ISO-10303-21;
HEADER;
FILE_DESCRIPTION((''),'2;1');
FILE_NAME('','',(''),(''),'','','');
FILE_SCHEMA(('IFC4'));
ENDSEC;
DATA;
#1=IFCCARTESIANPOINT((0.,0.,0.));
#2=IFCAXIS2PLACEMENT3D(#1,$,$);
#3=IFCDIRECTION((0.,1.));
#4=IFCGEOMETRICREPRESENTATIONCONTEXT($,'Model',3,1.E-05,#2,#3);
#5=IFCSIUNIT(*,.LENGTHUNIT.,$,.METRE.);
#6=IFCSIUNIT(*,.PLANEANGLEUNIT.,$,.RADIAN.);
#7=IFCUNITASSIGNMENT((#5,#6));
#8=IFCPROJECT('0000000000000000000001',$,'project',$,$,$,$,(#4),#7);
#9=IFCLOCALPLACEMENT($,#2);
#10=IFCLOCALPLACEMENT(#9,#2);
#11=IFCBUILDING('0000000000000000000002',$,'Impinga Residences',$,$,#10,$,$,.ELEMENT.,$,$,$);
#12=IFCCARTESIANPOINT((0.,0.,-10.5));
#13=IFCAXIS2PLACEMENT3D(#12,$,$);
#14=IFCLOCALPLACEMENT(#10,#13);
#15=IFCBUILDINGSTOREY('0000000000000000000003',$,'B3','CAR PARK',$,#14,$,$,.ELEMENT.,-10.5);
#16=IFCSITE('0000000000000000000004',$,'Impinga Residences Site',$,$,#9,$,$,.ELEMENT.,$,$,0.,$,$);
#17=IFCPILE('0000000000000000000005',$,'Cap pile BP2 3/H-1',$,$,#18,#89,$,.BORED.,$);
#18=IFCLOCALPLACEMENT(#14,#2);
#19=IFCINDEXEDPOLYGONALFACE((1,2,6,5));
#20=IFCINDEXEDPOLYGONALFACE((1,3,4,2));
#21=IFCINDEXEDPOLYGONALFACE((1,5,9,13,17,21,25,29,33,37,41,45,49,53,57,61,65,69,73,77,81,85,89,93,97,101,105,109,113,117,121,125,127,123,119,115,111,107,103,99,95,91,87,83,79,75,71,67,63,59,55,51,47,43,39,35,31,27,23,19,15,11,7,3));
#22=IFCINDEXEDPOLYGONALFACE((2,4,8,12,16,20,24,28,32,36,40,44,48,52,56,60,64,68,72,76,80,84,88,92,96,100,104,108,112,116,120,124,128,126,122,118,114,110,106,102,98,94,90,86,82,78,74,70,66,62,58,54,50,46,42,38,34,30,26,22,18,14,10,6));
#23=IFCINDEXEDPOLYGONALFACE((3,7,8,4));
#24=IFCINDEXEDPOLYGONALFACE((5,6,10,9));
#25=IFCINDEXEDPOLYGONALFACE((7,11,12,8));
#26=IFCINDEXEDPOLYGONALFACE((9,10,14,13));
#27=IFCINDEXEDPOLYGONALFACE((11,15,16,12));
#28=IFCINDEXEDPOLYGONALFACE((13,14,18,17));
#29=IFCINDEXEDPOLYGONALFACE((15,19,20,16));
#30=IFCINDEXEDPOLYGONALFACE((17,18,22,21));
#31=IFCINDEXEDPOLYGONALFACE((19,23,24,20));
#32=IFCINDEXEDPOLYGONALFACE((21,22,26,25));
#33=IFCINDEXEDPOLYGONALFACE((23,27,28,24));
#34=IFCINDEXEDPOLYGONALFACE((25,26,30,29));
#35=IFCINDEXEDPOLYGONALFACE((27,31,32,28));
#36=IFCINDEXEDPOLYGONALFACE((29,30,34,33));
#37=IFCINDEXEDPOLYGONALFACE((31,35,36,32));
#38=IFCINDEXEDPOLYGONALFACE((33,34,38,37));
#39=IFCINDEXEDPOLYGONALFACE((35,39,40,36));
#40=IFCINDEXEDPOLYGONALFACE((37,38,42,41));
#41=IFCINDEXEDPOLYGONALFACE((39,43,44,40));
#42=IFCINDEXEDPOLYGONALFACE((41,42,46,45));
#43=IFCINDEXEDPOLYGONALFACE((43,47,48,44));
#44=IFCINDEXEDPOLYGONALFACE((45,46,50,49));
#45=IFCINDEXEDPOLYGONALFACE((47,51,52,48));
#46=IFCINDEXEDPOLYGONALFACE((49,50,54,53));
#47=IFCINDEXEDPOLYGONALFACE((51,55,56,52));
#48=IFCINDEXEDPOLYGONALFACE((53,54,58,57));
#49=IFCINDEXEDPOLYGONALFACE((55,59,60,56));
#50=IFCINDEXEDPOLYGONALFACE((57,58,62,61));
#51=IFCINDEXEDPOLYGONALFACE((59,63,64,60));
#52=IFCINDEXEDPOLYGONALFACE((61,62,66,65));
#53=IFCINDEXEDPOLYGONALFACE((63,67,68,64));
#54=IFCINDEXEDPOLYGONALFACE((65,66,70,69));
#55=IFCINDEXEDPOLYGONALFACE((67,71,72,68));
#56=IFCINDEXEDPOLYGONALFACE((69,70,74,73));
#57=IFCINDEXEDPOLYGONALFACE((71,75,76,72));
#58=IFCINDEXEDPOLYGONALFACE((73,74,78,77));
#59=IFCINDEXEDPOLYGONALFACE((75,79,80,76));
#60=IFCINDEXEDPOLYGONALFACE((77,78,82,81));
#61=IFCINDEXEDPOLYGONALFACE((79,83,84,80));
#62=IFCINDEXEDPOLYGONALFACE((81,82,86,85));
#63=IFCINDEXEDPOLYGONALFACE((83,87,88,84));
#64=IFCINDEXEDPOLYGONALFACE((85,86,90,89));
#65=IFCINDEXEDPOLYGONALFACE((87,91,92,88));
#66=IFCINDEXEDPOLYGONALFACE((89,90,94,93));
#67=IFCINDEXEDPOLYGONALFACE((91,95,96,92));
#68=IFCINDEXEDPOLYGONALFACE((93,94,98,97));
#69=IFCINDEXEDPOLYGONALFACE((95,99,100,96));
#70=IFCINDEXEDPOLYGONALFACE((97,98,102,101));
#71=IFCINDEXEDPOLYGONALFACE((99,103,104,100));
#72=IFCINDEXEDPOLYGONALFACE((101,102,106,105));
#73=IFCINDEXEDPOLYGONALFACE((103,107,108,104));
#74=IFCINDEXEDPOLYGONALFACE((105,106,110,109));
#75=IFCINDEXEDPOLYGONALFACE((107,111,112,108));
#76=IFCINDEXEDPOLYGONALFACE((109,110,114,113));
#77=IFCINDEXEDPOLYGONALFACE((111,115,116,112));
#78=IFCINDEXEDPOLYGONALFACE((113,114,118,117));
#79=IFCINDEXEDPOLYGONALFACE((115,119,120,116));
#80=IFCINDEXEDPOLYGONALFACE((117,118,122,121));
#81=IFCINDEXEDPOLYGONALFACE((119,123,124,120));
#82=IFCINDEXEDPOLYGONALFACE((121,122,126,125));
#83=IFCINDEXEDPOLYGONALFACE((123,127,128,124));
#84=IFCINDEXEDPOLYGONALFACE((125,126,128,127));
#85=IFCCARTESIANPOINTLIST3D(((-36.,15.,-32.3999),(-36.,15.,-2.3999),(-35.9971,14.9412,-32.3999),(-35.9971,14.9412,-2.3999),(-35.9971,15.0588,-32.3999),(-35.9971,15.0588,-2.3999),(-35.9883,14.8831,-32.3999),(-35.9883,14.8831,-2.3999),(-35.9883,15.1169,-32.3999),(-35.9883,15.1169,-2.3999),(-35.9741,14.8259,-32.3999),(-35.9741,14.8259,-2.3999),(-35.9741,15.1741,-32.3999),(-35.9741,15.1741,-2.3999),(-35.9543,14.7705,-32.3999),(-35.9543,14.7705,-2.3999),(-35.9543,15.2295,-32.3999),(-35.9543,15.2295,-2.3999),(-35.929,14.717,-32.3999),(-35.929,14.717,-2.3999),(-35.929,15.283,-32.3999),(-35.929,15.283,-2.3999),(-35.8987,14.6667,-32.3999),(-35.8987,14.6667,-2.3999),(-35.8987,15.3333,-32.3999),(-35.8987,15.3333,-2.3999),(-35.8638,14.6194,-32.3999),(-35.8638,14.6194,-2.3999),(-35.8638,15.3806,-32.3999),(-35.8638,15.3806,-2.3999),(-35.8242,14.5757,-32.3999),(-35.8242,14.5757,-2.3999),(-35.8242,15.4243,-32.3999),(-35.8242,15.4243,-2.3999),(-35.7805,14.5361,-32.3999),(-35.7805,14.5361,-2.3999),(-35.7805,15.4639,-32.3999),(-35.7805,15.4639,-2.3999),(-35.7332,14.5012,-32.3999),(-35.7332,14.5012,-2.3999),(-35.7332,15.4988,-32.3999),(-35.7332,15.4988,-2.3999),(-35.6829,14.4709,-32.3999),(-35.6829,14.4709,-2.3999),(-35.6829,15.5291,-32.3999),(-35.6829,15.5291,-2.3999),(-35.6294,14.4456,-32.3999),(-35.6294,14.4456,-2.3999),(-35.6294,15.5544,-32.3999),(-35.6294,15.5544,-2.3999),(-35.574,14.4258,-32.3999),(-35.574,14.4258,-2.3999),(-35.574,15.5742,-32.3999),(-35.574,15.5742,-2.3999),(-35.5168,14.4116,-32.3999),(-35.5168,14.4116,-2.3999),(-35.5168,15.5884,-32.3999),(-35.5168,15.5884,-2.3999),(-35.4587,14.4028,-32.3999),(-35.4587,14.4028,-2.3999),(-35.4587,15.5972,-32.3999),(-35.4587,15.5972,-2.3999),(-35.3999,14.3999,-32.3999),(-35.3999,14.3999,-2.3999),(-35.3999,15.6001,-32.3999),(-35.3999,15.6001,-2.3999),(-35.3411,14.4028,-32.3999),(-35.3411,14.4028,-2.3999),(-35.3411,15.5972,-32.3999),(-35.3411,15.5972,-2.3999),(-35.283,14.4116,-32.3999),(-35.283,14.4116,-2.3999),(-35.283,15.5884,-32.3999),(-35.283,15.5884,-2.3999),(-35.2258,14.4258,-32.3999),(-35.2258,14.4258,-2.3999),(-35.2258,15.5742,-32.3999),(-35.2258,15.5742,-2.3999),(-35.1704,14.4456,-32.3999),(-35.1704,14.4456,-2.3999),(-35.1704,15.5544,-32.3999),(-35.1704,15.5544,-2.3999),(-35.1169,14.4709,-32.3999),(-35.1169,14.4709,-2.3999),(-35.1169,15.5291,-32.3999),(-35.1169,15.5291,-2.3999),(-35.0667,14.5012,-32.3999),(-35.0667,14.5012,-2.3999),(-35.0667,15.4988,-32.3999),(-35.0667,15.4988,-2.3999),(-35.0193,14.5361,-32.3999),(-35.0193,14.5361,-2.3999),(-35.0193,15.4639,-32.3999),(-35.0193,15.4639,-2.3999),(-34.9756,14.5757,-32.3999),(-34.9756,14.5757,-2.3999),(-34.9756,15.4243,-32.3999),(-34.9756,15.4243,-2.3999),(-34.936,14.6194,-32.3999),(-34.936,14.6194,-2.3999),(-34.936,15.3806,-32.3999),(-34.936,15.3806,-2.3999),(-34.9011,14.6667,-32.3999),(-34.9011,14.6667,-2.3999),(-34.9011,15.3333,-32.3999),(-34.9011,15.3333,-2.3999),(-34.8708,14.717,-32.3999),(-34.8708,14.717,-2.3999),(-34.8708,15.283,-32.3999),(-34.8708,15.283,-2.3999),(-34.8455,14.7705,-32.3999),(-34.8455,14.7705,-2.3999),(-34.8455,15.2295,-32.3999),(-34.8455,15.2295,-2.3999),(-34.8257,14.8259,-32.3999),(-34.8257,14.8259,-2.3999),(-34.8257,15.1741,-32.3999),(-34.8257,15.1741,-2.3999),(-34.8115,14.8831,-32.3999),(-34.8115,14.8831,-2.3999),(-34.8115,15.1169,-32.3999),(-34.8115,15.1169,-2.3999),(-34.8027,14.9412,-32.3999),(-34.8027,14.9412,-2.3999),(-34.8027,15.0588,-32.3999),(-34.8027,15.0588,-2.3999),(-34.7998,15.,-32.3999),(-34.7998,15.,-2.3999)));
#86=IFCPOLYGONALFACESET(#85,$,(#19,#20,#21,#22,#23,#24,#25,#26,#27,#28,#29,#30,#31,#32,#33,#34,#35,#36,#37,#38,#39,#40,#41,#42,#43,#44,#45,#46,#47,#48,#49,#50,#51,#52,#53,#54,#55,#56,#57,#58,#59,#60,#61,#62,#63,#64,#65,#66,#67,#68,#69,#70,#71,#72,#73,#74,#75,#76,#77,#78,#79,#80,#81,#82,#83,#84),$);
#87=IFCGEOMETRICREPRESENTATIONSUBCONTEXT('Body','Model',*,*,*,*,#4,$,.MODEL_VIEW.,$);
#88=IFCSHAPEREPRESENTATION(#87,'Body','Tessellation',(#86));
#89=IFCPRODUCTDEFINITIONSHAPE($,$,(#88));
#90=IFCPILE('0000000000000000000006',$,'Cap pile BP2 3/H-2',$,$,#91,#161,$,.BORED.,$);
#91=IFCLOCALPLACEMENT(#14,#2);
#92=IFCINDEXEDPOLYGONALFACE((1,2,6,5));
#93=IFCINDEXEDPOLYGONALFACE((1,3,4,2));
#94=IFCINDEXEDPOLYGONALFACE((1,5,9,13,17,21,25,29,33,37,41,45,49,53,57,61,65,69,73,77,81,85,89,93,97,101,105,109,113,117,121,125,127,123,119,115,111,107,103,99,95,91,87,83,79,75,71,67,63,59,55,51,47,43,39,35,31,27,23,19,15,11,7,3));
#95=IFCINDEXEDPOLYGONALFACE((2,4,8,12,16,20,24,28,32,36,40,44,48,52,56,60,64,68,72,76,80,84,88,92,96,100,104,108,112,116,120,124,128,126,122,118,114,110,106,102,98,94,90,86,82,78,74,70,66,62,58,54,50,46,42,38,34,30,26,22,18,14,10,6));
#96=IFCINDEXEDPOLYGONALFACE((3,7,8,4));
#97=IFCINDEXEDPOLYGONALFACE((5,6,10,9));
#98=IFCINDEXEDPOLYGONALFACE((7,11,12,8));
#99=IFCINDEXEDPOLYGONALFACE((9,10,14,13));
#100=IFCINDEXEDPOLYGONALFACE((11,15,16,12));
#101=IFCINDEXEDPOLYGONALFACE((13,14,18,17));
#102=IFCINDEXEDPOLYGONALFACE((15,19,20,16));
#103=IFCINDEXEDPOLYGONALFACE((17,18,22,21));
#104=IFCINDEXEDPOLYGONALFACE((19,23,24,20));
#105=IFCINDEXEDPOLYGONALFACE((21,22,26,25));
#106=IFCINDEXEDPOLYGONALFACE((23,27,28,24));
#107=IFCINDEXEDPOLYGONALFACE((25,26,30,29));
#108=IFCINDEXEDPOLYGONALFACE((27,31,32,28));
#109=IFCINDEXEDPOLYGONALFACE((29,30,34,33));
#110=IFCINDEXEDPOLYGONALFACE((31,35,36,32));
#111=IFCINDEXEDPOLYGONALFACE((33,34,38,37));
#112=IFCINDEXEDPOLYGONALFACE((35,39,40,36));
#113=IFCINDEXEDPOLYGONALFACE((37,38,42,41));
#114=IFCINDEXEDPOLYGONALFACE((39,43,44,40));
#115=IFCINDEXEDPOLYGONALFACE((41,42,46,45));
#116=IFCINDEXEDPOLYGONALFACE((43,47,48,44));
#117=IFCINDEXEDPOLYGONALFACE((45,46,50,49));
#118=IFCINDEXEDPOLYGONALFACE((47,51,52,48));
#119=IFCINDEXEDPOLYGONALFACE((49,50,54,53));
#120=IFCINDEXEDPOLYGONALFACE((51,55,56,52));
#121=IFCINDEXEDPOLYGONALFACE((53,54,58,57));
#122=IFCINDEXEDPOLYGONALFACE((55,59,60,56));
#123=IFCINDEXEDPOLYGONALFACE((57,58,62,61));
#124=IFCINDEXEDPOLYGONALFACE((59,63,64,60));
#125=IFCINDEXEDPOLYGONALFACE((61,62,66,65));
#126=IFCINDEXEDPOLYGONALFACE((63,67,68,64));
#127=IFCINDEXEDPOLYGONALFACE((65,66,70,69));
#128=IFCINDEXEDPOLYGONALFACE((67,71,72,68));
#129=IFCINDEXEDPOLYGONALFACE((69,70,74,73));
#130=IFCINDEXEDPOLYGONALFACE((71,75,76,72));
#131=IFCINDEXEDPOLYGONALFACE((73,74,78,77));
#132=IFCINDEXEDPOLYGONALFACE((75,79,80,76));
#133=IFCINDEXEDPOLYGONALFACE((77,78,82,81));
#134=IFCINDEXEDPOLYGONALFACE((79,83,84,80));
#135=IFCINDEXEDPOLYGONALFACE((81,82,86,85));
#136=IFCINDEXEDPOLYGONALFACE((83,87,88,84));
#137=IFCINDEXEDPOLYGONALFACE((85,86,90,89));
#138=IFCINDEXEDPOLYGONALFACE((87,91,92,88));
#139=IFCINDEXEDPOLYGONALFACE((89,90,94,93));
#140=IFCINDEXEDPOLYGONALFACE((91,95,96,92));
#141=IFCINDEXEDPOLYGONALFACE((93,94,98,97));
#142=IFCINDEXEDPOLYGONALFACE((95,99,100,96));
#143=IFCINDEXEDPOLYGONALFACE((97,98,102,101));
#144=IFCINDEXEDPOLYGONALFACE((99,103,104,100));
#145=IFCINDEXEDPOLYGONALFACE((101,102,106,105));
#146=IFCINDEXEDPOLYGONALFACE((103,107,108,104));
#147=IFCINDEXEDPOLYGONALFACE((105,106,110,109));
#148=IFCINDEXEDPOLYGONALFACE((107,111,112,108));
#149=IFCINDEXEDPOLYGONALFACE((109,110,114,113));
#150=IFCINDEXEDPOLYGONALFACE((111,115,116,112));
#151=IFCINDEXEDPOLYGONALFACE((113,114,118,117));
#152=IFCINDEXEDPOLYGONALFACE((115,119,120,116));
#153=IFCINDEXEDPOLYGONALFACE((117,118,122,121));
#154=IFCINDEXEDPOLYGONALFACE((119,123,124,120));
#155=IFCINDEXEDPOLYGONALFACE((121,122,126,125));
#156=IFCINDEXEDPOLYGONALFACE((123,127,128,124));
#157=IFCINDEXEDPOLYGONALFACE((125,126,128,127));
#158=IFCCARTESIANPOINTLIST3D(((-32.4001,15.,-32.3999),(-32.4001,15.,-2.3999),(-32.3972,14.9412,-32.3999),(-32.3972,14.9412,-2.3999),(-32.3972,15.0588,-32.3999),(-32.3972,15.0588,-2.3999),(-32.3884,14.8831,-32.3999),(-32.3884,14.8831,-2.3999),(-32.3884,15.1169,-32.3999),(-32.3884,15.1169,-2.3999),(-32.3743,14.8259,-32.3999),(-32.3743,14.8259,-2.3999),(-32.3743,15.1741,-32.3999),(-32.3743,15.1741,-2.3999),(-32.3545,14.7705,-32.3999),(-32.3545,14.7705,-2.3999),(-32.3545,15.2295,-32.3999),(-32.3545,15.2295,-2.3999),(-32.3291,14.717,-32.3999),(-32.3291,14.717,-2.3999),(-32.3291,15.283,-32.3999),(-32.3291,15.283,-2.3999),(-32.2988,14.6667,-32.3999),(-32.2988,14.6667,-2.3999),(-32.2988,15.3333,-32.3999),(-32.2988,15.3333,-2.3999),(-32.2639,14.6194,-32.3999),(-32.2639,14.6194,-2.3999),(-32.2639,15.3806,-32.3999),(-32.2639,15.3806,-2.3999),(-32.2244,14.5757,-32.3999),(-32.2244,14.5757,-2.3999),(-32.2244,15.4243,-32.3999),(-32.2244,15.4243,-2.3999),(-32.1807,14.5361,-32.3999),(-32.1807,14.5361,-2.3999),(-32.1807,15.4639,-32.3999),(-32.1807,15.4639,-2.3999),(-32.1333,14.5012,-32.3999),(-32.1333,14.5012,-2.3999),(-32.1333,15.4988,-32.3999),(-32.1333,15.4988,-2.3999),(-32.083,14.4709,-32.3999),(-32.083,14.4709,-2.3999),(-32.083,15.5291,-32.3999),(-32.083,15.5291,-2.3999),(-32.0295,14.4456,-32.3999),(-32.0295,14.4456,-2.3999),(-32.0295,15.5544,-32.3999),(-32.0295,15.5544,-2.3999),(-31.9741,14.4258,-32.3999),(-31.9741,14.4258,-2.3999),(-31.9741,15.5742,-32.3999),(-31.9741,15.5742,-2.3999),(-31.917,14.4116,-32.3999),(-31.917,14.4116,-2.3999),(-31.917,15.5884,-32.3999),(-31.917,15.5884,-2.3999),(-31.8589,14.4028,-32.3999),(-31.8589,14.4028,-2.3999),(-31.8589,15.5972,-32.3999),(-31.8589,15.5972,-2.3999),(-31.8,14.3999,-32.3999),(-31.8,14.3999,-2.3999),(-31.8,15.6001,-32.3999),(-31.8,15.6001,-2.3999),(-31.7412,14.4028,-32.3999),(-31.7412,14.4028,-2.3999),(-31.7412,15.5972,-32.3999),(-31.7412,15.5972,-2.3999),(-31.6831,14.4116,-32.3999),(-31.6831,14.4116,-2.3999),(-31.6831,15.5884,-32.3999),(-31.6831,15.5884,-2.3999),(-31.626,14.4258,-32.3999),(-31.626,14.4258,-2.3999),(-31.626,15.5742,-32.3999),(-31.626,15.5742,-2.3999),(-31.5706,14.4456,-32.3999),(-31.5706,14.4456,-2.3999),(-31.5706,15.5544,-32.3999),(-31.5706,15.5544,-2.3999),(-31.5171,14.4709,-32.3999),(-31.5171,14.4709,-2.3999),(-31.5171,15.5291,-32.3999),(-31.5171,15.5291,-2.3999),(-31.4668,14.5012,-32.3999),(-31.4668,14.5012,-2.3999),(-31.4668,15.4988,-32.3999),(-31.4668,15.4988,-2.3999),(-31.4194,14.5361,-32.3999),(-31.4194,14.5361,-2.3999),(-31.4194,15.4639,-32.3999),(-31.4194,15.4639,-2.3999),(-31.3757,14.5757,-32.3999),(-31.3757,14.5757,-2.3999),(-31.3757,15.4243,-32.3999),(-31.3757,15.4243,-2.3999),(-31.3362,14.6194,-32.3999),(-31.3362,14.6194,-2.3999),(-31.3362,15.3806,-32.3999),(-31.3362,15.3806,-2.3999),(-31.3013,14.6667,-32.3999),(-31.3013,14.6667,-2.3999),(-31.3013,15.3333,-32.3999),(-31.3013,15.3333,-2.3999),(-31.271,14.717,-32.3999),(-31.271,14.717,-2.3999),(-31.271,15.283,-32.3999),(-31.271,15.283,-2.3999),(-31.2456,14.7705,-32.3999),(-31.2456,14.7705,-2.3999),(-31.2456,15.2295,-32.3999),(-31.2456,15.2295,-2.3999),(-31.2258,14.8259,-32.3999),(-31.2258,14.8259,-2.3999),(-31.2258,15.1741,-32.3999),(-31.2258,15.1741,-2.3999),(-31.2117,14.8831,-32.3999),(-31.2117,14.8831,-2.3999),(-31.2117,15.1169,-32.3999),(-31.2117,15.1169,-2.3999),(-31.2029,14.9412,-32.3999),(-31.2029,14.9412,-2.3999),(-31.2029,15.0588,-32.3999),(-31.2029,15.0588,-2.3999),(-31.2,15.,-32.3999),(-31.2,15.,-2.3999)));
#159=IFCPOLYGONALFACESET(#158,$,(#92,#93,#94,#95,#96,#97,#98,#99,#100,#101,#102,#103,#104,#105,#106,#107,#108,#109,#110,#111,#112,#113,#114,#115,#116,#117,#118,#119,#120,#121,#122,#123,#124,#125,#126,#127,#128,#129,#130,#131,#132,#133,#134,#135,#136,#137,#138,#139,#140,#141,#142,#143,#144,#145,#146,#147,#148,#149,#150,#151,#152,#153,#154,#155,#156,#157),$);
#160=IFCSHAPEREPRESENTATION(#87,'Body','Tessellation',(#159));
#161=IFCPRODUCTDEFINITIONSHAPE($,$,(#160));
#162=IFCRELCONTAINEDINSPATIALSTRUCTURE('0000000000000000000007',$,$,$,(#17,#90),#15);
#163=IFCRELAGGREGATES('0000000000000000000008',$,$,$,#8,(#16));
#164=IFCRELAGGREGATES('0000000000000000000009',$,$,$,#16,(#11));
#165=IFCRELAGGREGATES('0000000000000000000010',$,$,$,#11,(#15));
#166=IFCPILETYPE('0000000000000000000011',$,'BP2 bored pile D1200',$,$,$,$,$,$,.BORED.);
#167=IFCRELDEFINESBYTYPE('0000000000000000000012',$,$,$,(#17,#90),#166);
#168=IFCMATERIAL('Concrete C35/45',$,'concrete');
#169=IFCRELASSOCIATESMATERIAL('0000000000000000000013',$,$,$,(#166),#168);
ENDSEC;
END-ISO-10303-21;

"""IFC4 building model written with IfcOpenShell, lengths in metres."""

from ifc_helpers import new_model, si_unit, direction, frame, origin, origin_2d, place, context, subcontext, project, spatial, polyline, circle, outline, extrude, material, material_profile, profile_set, type_object, element, save


model = new_model("IFC4")

# Units and contexts
model_context = context("Model", 3, precision=1e-05, world=origin(), true_north=direction((0.0, 1.0)))
body_context = subcontext(model_context, "Body", "Model", "MODEL_VIEW")
ifc_project = project(units=[si_unit("LENGTHUNIT", "METRE"), si_unit("PLANEANGLEUNIT", "RADIAN")], contexts=[model_context])

# Site, building, storey
site_placement = place(None, origin())
site = spatial("IfcSite", under=ifc_project, at=site_placement, Name="Impinga Residences Site", CompositionType="ELEMENT", RefElevation=0.0)
building_placement = place(site_placement, origin())
building = spatial("IfcBuilding", under=site, at=building_placement, Name="Impinga Residences", CompositionType="ELEMENT")
storey_placement = place(building_placement, frame((0.0, 0.0, -10.5)))
storey = spatial("IfcBuildingStorey", under=building, at=storey_placement, Name="B3", Description="CAR PARK", CompositionType="ELEMENT", Elevation=-10.5)

# Piles
ifc_material_1 = material(Name="Concrete C35/45", Category="concrete")
ifc_material_profile_1 = material_profile(ifc_material_1, circle(Radius=0.6001, at=origin_2d()), Name="D1200")
ifc_profile_set_1 = profile_set([ifc_material_profile_1], Name="Concrete C35/45")
pile_type = type_object("IfcPileType", Name="BP2 bored pile D1200", PredefinedType="BORED", material=ifc_profile_set_1)
pile_1_placement = place(storey_placement, frame((-35.3999, 15.0, -2.3999), z_axis=(0.0, 0.0, -1.0), x_axis=(1.0, 0.0, 0.0)))
element("IfcPile", 1, at=pile_1_placement, inside=storey, type_object=pile_type, Name="Cap pile BP2 3/H-1", PredefinedType="BORED", context=body_context, shape_type="SweptSolid", body=[
    extrude(outline(polyline([(0.6001, 0.0), (0.5972, 0.0588), (0.5884, 0.1169), (0.5742, 0.1741), (0.5544, 0.2295), (0.5291, 0.283), (0.4988, 0.3333), (0.4639, 0.3806), (0.4243, 0.4243), (0.3806, 0.4639), (0.3333, 0.4988), (0.283, 0.5291), (0.2295, 0.5544), (0.1741, 0.5742), (0.1169, 0.5884), (0.0588, 0.5972), (0.0, 0.6001), (-0.0588, 0.5972), (-0.1169, 0.5884), (-0.1741, 0.5742), (-0.2295, 0.5544), (-0.283, 0.5291), (-0.3333, 0.4988), (-0.3806, 0.4639), (-0.4243, 0.4243), (-0.4639, 0.3806), (-0.4988, 0.3333), (-0.5291, 0.283), (-0.5544, 0.2295), (-0.5742, 0.1741), (-0.5884, 0.1169), (-0.5972, 0.0588), (-0.6001, 0.0), (-0.5972, -0.0588), (-0.5884, -0.1169), (-0.5742, -0.1741), (-0.5544, -0.2295), (-0.5291, -0.283), (-0.4988, -0.3333), (-0.4639, -0.3806), (-0.4243, -0.4243), (-0.3806, -0.4639), (-0.3333, -0.4988), (-0.283, -0.5291), (-0.2295, -0.5544), (-0.1741, -0.5742), (-0.1169, -0.5884), (-0.0588, -0.5972), (0.0, -0.6001), (0.0588, -0.5972), (0.1169, -0.5884), (0.1741, -0.5742), (0.2295, -0.5544), (0.283, -0.5291), (0.3333, -0.4988), (0.3806, -0.4639), (0.4243, -0.4243), (0.4639, -0.3806), (0.4988, -0.3333), (0.5291, -0.283), (0.5544, -0.2295), (0.5742, -0.1741), (0.5884, -0.1169), (0.5972, -0.0588), (0.6001, 0.0)])), origin(), (0.0, 0.0, 1.0), 30.0),
])
pile_2_placement = place(storey_placement, frame((-31.8, 15.0, -2.3999), z_axis=(0.0, 0.0, -1.0), x_axis=(1.0, 0.0, 0.0)))
element("IfcPile", 2, at=pile_2_placement, inside=storey, type_object=pile_type, Name="Cap pile BP2 3/H-2", PredefinedType="BORED", context=body_context, shape_type="SweptSolid", body=[
    extrude(outline(polyline([(0.6001, 0.0), (0.5972, 0.0588), (0.5884, 0.1169), (0.5742, 0.1741), (0.5544, 0.2295), (0.5291, 0.283), (0.4988, 0.3333), (0.4639, 0.3806), (0.4243, 0.4243), (0.3806, 0.4639), (0.3333, 0.4988), (0.283, 0.5291), (0.2295, 0.5544), (0.1741, 0.5742), (0.1169, 0.5884), (0.0588, 0.5972), (0.0, 0.6001), (-0.0588, 0.5972), (-0.1169, 0.5884), (-0.1741, 0.5742), (-0.2295, 0.5544), (-0.283, 0.5291), (-0.3333, 0.4988), (-0.3806, 0.4639), (-0.4243, 0.4243), (-0.4639, 0.3806), (-0.4988, 0.3333), (-0.5291, 0.283), (-0.5544, 0.2295), (-0.5742, 0.1741), (-0.5884, 0.1169), (-0.5972, 0.0588), (-0.6001, 0.0), (-0.5972, -0.0588), (-0.5884, -0.1169), (-0.5742, -0.1741), (-0.5544, -0.2295), (-0.5291, -0.283), (-0.4988, -0.3333), (-0.4639, -0.3806), (-0.4243, -0.4243), (-0.3806, -0.4639), (-0.3333, -0.4988), (-0.283, -0.5291), (-0.2295, -0.5544), (-0.1741, -0.5742), (-0.1169, -0.5884), (-0.0588, -0.5972), (0.0, -0.6001), (0.0588, -0.5972), (0.1169, -0.5884), (0.1741, -0.5742), (0.2295, -0.5544), (0.283, -0.5291), (0.3333, -0.4988), (0.3806, -0.4639), (0.4243, -0.4243), (0.4639, -0.3806), (0.4988, -0.3333), (0.5291, -0.283), (0.5544, -0.2295), (0.5742, -0.1741), (0.5884, -0.1169), (0.5972, -0.0588), (0.6001, 0.0)])), origin(), (0.0, 0.0, 1.0), 30.0),
])

save(model, "model.ifc")
